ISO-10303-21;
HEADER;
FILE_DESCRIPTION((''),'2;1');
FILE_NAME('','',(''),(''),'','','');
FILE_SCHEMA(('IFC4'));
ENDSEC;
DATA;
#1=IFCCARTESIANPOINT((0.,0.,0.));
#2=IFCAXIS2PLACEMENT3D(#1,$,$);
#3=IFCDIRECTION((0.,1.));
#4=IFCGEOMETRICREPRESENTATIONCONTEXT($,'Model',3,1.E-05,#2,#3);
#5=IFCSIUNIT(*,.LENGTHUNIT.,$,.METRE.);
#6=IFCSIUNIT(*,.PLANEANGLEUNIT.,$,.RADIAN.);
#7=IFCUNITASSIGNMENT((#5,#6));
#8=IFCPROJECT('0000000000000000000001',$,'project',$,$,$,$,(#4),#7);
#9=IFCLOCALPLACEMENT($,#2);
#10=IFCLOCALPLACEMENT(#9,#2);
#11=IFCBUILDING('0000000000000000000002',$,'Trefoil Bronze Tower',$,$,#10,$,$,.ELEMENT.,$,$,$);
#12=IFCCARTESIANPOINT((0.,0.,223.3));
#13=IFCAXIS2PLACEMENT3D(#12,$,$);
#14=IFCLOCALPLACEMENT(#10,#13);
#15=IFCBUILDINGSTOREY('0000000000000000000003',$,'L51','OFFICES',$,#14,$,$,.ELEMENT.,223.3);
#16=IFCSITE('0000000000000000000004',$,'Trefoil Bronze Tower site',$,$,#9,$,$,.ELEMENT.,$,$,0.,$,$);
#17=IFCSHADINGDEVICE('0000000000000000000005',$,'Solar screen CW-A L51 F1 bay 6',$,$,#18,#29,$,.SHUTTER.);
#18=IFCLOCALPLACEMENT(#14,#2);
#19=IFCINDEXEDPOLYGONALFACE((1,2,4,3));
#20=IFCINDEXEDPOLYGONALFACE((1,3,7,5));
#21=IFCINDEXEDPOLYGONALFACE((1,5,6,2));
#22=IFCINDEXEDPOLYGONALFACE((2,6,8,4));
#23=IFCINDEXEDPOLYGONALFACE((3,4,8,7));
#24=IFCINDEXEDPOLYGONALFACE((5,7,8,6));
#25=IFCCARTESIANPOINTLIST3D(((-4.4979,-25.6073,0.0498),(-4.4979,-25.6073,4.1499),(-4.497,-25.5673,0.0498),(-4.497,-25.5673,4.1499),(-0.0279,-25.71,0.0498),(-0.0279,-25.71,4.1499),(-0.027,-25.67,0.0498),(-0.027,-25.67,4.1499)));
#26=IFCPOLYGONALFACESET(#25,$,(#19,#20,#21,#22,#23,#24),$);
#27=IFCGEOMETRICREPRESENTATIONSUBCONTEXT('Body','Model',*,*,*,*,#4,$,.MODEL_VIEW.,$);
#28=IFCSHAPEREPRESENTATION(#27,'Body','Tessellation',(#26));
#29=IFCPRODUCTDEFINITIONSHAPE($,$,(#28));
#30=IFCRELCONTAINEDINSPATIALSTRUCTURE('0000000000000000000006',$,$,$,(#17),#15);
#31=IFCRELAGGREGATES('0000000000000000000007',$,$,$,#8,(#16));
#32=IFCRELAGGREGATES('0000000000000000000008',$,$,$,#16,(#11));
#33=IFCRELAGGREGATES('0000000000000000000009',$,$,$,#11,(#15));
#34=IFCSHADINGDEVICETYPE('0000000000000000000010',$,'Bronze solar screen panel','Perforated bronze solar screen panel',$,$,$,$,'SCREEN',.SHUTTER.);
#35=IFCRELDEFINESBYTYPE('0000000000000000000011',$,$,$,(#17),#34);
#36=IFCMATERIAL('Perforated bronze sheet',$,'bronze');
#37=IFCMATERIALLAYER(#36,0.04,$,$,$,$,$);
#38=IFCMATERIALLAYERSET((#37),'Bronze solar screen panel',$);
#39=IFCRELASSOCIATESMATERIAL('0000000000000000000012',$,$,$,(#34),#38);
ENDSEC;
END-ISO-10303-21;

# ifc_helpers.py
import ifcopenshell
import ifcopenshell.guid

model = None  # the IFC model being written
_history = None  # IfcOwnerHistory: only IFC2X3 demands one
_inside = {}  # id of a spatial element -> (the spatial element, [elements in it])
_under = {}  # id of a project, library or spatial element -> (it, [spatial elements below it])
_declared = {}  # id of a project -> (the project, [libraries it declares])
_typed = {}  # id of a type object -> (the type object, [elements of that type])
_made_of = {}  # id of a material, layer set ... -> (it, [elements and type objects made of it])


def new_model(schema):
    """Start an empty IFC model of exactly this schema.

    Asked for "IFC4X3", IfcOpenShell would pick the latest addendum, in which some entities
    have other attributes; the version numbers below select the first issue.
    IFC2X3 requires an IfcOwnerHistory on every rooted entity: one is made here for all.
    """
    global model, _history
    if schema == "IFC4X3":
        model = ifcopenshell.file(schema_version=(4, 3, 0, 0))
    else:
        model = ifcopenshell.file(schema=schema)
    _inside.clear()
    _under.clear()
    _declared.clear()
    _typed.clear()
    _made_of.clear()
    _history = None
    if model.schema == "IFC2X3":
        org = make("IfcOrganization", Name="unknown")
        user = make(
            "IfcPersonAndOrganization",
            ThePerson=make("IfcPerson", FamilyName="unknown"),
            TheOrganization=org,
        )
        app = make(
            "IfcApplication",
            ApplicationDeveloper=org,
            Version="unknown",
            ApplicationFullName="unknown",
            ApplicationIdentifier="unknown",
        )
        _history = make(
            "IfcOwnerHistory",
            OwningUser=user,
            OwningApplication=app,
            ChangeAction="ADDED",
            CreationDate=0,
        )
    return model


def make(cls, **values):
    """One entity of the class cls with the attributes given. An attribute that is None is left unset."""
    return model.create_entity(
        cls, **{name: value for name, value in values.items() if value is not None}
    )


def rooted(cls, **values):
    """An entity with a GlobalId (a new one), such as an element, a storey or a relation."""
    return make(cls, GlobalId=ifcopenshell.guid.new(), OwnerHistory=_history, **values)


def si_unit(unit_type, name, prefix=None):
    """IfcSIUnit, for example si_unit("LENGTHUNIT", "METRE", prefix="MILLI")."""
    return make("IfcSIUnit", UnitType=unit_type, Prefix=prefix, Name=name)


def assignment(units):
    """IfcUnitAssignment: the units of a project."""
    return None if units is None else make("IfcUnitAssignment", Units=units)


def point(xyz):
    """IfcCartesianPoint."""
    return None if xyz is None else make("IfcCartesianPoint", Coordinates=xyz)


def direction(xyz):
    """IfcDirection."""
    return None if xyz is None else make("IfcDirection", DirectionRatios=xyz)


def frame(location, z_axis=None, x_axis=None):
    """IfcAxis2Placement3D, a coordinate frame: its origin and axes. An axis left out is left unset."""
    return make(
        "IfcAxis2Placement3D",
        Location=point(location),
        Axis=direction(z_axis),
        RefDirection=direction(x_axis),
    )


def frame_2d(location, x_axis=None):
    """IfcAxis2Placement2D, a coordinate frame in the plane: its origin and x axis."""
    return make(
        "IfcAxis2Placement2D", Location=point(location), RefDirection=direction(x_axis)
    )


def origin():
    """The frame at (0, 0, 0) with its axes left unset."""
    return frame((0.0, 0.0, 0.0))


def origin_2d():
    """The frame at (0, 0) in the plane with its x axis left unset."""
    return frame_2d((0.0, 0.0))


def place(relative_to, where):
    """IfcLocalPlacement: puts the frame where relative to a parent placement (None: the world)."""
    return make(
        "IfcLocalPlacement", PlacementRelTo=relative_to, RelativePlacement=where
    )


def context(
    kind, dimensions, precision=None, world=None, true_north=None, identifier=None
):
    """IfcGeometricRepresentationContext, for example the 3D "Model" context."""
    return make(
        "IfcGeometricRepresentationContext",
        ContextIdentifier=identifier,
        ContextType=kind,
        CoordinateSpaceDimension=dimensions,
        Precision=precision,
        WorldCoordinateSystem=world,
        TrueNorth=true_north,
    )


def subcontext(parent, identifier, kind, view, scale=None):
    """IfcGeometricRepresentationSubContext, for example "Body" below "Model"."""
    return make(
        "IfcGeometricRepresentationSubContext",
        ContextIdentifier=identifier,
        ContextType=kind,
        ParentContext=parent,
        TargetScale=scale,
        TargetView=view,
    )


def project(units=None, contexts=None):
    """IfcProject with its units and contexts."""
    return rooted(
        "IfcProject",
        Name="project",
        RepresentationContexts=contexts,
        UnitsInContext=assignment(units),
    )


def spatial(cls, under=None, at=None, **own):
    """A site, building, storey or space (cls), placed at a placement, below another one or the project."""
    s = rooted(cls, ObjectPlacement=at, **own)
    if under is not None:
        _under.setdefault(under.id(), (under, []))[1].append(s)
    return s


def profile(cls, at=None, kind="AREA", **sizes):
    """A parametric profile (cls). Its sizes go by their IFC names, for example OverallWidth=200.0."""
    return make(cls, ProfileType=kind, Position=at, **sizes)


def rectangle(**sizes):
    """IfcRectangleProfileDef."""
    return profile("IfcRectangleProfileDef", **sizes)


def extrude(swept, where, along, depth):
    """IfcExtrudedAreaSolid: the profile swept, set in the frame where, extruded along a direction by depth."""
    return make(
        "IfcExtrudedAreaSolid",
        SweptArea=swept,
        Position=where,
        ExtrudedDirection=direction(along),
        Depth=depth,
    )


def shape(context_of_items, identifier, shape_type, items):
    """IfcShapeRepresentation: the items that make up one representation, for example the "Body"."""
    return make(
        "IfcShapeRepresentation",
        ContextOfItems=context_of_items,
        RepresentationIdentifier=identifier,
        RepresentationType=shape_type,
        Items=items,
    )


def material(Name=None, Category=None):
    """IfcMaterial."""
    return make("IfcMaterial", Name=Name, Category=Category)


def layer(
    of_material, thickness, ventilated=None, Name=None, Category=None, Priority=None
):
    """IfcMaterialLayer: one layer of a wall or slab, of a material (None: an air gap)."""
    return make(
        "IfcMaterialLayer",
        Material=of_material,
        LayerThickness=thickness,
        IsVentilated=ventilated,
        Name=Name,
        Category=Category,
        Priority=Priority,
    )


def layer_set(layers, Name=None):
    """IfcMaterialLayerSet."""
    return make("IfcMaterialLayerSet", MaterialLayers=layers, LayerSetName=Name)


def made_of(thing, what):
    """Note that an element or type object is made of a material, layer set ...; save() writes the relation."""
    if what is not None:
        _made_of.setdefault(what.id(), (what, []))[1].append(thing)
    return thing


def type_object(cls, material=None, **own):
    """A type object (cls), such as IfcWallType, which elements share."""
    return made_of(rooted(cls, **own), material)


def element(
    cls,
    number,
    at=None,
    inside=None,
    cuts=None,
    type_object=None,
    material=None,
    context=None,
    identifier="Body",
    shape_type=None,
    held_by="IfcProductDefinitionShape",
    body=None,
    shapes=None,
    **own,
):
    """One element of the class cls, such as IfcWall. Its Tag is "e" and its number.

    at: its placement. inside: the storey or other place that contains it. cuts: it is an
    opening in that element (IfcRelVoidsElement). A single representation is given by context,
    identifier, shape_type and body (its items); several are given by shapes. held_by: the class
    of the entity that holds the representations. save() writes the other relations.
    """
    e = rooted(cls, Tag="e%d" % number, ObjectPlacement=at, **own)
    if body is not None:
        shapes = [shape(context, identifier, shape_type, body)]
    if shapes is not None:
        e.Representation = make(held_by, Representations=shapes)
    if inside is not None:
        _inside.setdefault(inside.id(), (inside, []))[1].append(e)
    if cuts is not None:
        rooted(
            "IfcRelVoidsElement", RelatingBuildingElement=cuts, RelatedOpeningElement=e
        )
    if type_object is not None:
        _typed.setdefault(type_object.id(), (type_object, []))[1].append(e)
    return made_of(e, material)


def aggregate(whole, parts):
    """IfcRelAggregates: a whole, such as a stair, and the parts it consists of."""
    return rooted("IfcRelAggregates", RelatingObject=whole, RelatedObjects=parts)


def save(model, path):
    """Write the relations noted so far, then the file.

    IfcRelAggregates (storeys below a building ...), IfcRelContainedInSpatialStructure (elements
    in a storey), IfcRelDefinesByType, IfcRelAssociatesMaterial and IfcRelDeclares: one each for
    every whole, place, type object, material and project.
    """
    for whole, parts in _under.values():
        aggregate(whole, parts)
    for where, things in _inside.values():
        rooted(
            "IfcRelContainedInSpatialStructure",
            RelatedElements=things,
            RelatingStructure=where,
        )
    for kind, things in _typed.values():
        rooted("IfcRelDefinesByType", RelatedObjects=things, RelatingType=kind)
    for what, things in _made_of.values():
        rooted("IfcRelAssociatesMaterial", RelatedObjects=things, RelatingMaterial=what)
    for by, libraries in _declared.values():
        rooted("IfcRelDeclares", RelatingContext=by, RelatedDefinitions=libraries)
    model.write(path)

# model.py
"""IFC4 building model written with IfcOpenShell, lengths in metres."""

from ifc_helpers import new_model, si_unit, direction, frame, origin, origin_2d, place, context, subcontext, project, spatial, rectangle, extrude, material, layer, layer_set, type_object, element, save


model = new_model("IFC4")

# Units and contexts
model_context = context("Model", 3, precision=1e-05, world=origin(), true_north=direction((0.0, 1.0)))
body_context = subcontext(model_context, "Body", "Model", "MODEL_VIEW")
ifc_project = project(units=[si_unit("LENGTHUNIT", "METRE"), si_unit("PLANEANGLEUNIT", "RADIAN")], contexts=[model_context])

# Site, building, storey
site_placement = place(None, origin())
site = spatial("IfcSite", under=ifc_project, at=site_placement, Name="Trefoil Bronze Tower site", CompositionType="ELEMENT", RefElevation=0.0)
building_placement = place(site_placement, origin())
building = spatial("IfcBuilding", under=site, at=building_placement, Name="Trefoil Bronze Tower", CompositionType="ELEMENT")
storey_placement = place(building_placement, frame((0.0, 0.0, 223.3)))
storey = spatial("IfcBuildingStorey", under=building, at=storey_placement, Name="L51", Description="OFFICES", CompositionType="ELEMENT", Elevation=223.3)

# Shading device
ifc_material_1 = material(Name="Perforated bronze sheet", Category="bronze")
ifc_layer_1 = layer(ifc_material_1, 0.04)
ifc_layer_set_1 = layer_set([ifc_layer_1], Name="Bronze solar screen panel")
shading_device_type = type_object("IfcShadingDeviceType", Name="Bronze solar screen panel", Description="Perforated bronze solar screen panel", ElementType="SCREEN", PredefinedType="SHUTTER", material=ifc_layer_set_1)
shading_device_1_placement = place(storey_placement, frame((-2.2625, -25.6387, 0.0498), z_axis=(0.0, 0.0, 1.0), x_axis=(0.999736, -0.022972, 0.0)))
element("IfcShadingDevice", 1, at=shading_device_1_placement, inside=storey, type_object=shading_device_type, Name="Solar screen CW-A L51 F1 bay 6", PredefinedType="SHUTTER", context=body_context, shape_type="SweptSolid", body=[
    extrude(rectangle(XDim=4.4712, YDim=0.04, at=origin_2d()), origin(), (0.0, 0.0, 1.0), 4.1001),
])

save(model, "model.ifc")
